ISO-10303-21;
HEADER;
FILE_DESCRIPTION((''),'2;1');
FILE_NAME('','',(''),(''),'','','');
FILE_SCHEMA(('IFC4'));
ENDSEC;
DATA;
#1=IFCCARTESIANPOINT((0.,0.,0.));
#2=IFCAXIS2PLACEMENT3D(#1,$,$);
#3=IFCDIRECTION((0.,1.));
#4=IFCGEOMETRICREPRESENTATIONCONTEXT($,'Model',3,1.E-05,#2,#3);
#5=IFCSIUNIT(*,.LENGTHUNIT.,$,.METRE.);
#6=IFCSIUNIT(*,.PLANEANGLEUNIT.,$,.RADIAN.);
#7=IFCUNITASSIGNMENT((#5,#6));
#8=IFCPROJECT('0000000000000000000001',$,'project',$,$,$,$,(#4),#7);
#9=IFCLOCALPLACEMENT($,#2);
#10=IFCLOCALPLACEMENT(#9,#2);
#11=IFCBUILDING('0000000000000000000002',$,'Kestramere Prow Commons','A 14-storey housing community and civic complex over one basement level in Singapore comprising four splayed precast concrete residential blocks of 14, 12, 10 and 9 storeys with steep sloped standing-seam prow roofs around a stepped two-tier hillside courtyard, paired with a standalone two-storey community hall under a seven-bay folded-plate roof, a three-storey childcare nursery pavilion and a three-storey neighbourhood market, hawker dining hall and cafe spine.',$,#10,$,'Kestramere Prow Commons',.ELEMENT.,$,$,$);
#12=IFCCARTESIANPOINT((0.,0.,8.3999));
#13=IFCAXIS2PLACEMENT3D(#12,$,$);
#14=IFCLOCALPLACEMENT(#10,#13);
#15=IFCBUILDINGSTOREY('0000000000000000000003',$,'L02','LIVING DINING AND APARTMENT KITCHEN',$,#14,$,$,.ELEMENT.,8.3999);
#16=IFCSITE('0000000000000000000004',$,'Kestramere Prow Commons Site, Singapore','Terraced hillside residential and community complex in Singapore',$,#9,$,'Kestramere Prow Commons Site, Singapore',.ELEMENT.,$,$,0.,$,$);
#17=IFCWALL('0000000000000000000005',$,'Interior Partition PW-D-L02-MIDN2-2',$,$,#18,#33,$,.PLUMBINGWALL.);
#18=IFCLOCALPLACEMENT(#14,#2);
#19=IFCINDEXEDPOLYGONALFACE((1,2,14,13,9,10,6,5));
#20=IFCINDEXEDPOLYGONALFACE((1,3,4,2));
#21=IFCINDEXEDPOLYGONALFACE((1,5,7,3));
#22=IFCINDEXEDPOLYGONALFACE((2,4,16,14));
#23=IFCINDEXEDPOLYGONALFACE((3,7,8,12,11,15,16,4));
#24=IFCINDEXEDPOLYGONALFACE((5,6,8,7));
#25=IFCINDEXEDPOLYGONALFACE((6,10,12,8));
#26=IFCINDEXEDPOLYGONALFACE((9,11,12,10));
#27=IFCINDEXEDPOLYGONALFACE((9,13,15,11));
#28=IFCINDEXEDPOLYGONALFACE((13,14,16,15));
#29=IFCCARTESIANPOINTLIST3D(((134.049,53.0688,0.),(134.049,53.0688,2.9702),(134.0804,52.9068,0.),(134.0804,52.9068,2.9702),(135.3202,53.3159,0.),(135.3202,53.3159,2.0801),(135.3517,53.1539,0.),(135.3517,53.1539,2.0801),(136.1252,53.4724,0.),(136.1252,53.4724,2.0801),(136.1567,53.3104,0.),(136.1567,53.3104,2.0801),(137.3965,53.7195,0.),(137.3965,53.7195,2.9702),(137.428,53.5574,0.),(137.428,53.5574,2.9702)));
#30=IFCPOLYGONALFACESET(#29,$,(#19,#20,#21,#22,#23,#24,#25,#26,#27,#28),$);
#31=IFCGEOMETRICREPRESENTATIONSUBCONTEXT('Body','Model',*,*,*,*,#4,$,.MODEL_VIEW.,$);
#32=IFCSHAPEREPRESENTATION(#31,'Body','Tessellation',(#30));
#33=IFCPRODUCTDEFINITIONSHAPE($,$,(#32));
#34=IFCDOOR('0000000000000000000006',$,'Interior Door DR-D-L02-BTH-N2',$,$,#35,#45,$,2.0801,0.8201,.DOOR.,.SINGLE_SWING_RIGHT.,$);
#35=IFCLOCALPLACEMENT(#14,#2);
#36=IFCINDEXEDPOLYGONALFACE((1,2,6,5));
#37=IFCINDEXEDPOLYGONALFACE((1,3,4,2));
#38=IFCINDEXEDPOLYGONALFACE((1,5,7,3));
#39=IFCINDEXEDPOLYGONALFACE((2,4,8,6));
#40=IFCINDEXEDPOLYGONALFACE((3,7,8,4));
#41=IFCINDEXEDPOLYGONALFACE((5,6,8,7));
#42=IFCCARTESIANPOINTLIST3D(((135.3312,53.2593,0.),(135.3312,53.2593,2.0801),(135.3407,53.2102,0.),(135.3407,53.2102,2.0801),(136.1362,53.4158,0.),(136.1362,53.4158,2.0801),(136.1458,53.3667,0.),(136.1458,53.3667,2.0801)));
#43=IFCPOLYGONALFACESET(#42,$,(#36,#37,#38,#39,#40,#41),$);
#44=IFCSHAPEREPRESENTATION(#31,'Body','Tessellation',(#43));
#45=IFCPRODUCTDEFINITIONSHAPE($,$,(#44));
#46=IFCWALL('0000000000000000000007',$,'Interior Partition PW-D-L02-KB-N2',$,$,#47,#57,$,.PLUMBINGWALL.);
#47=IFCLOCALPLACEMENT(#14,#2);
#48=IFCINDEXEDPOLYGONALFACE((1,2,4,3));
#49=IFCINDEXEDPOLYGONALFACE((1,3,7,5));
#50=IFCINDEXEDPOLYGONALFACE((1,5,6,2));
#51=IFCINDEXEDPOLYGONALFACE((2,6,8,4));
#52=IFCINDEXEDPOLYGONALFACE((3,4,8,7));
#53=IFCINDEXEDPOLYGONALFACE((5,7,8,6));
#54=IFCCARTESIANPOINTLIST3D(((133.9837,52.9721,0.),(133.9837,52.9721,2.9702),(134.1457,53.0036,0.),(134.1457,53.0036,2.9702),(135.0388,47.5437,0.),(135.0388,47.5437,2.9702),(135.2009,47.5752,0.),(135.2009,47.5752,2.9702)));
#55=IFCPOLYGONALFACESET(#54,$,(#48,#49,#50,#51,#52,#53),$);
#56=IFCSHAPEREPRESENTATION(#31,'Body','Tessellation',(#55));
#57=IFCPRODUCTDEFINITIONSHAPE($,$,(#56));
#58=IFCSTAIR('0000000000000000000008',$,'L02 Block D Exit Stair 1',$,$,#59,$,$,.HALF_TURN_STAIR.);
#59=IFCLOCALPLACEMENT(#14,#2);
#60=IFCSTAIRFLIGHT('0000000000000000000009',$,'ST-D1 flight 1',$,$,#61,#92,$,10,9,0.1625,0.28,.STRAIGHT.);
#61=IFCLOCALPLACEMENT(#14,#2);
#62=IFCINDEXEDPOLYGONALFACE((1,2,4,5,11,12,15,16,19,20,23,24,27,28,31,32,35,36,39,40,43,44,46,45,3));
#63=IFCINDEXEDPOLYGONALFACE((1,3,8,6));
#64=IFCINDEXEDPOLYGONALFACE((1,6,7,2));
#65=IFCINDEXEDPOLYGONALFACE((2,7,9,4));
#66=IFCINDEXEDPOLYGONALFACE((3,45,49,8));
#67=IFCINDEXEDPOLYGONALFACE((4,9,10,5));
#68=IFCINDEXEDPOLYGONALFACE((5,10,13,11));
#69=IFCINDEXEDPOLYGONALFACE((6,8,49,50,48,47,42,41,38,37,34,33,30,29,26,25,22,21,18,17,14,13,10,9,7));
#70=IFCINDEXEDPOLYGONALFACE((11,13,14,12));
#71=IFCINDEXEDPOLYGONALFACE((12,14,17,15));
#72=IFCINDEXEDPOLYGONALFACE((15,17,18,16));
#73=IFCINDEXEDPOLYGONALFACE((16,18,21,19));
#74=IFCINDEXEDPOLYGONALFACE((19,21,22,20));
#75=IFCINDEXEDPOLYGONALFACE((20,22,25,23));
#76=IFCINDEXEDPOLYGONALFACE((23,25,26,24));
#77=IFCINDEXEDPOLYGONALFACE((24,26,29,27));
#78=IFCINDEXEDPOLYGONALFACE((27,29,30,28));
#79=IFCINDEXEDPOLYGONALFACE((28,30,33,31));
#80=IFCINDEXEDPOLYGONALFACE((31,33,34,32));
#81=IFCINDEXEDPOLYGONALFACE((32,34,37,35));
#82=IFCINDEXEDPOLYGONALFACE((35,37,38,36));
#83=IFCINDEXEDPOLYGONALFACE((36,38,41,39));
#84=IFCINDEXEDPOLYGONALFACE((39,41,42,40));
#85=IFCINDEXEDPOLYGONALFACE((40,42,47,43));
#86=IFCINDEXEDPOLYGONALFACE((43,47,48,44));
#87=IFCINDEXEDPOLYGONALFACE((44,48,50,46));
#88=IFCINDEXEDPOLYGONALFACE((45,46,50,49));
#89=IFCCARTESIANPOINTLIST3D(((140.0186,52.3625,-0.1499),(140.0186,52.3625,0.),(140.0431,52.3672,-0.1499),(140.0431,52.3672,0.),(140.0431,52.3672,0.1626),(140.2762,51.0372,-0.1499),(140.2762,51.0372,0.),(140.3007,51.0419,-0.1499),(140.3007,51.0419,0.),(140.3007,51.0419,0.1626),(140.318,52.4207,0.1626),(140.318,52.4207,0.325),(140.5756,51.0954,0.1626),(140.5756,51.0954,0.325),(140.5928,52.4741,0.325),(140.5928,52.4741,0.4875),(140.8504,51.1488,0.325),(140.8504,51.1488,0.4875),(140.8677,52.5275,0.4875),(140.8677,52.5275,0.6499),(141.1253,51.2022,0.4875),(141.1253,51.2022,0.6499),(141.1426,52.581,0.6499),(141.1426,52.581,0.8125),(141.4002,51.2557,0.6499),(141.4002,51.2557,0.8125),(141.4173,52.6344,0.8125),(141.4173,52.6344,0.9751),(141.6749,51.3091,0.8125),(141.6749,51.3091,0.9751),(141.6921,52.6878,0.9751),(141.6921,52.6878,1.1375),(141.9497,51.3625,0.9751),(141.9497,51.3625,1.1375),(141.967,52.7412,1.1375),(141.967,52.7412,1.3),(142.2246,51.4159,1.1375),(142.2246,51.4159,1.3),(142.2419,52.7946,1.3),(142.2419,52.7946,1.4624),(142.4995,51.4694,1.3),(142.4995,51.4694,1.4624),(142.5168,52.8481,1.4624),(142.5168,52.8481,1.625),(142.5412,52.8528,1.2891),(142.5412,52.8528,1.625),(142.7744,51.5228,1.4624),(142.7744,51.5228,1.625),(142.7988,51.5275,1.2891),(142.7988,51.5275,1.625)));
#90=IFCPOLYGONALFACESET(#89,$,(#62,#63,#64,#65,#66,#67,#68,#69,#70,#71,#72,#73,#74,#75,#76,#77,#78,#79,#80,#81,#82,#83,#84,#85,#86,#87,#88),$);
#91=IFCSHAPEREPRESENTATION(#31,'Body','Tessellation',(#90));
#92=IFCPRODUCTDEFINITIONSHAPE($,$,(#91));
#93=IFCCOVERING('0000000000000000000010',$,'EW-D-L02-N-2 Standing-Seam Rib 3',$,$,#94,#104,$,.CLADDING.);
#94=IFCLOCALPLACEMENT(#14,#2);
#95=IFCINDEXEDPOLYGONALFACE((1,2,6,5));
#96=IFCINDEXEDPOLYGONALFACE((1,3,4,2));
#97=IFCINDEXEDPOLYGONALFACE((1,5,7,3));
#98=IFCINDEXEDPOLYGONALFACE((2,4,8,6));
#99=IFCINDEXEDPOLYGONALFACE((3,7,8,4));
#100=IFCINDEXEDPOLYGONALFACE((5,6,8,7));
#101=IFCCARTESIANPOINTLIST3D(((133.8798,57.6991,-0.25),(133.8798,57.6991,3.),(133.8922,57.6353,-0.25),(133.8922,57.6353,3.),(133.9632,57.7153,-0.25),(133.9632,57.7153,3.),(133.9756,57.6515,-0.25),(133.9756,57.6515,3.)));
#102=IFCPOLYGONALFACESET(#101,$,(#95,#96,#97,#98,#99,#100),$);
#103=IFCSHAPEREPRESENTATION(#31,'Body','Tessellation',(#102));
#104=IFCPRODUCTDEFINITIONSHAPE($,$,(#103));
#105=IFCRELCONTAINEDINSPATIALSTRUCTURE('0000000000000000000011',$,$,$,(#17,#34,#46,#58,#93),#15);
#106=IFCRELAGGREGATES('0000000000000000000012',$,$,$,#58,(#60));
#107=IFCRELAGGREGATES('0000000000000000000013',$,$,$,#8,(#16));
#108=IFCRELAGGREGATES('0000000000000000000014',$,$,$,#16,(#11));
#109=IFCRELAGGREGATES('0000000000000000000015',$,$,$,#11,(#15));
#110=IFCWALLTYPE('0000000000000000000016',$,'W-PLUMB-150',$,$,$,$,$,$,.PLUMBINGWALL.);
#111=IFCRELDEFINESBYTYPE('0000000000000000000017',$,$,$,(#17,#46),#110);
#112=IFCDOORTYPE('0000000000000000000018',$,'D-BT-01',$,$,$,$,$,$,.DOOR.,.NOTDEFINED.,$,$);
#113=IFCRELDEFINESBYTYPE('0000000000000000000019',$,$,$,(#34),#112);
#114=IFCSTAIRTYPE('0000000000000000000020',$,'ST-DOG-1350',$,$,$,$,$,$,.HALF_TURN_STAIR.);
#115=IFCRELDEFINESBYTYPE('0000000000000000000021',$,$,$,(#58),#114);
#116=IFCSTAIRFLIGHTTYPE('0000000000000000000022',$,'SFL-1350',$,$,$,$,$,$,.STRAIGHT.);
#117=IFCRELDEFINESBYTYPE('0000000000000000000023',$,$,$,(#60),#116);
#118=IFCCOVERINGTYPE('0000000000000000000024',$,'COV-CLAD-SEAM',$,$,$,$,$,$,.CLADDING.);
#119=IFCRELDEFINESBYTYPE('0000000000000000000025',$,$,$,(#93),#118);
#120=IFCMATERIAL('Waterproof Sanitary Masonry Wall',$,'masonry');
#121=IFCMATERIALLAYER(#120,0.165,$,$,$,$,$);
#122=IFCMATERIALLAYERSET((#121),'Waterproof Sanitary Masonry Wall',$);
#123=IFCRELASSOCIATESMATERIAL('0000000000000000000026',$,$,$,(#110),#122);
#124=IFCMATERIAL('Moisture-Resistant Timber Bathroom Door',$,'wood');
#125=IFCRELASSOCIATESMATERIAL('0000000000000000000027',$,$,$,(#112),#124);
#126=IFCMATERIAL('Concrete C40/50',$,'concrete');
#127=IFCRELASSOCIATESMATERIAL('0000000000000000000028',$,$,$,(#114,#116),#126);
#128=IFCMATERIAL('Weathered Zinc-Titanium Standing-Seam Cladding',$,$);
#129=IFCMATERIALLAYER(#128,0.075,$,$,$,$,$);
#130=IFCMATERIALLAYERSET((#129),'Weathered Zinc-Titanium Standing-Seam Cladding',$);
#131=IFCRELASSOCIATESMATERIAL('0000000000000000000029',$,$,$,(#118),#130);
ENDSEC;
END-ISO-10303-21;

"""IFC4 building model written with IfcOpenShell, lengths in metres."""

from ifc_helpers import new_model, si_unit, direction, frame, frame_2d, origin, origin_2d, place, context, subcontext, project, spatial, polyline, rectangle, outline, extrude, material, layer, layer_set, type_object, element, fill, aggregate, save


model = new_model("IFC4")

# Units and contexts
model_context = context("Model", 3, precision=1e-05, world=origin(), true_north=direction((0.0, 1.0)))
body_context = subcontext(model_context, "Body", "Model", "MODEL_VIEW")
ifc_project = project(units=[si_unit("LENGTHUNIT", "METRE"), si_unit("PLANEANGLEUNIT", "RADIAN")], contexts=[model_context])

# Site, building, storey
site_placement = place(None, origin())
site = spatial("IfcSite", under=ifc_project, at=site_placement, Name="Kestramere Prow Commons Site, Singapore", Description="Terraced hillside residential and community complex in Singapore", LongName="Kestramere Prow Commons Site, Singapore", CompositionType="ELEMENT", RefElevation=0.0)
building_placement = place(site_placement, origin())
building = spatial("IfcBuilding", under=site, at=building_placement, Name="Kestramere Prow Commons", Description="A 14-storey housing community and civic complex over one basement level in Singapore comprising four splayed precast concrete residential blocks of 14, 12, 10 and 9 storeys with steep sloped standing-seam prow roofs around a stepped two-tier hillside courtyard, paired with a standalone two-storey community hall under a seven-bay folded-plate roof, a three-storey childcare nursery pavilion and a three-storey neighbourhood market, hawker dining hall and cafe spine.", LongName="Kestramere Prow Commons", CompositionType="ELEMENT")
storey_placement = place(building_placement, frame((0.0, 0.0, 8.3999)))
storey = spatial("IfcBuildingStorey", under=building, at=storey_placement, Name="L02", Description="LIVING DINING AND APARTMENT KITCHEN", CompositionType="ELEMENT", Elevation=8.3999)

# Shared definitions
ifc_material_1 = material(Name="Concrete C40/50", Category="concrete")

# Wall, opening, door
ifc_material_2 = material(Name="Waterproof Sanitary Masonry Wall", Category="masonry")
ifc_layer_1 = layer(ifc_material_2, 0.165)
ifc_layer_set_1 = layer_set([ifc_layer_1], Name="Waterproof Sanitary Masonry Wall")
wall_type_1 = type_object("IfcWallType", Name="W-PLUMB-150", PredefinedType="PLUMBINGWALL", material=ifc_layer_set_1)
wall_1_placement = place(storey_placement, frame((134.0647, 52.9878, 0.0), z_axis=(0.0, 0.0, 1.0), x_axis=(0.981629, 0.190799, 0.0)))
wall_1 = element("IfcWall", 1, at=wall_1_placement, inside=storey, type_object=wall_type_1, Name="Interior Partition PW-D-L02-MIDN2-2", PredefinedType="PLUMBINGWALL", context=body_context, shape_type="SweptSolid", body=[
    extrude(rectangle(XDim=3.4102, YDim=0.165, at=frame_2d((1.7051, 0.0))), origin(), (0.0, 0.0, 1.0), 2.9702),
])
opening_1_placement = place(wall_1_placement, frame((1.2949, 0.0, 0.0)))
opening_1 = element("IfcOpeningElement", 2, at=opening_1_placement, cuts=wall_1, PredefinedType="OPENING", context=body_context, shape_type="SweptSolid", body=[
    extrude(rectangle(XDim=0.8201, YDim=2.0801, at=frame_2d((0.4102, 1.04))), frame((0.0, 0.0974, 0.0), z_axis=(0.0, -1.0, 0.0), x_axis=(1.0, 0.0, 0.0)), (0.0, 0.0, 1.0), 0.1951),
])
ifc_material_3 = material(Name="Moisture-Resistant Timber Bathroom Door", Category="wood")
door_type_1 = type_object("IfcDoorType", Name="D-BT-01", OperationType="NOTDEFINED", PredefinedType="DOOR", material=ifc_material_3)
door_1_placement = place(opening_1_placement, origin())
door_1 = element("IfcDoor", 3, at=door_1_placement, inside=storey, type_object=door_type_1, Name="Interior Door DR-D-L02-BTH-N2", OperationType="SINGLE_SWING_RIGHT", OverallHeight=2.0801, OverallWidth=0.8201, PredefinedType="DOOR", context=body_context, shape_type="SweptSolid", body=[
    extrude(rectangle(XDim=0.8201, YDim=2.0801, at=frame_2d((0.4102, 1.04))), frame((0.0, 0.0249, 0.0), z_axis=(0.0, -1.0, 0.0), x_axis=(1.0, 0.0, 0.0)), (0.0, 0.0, 1.0), 0.05),
])
fill(opening_1, door_1)

# Wall
wall_2_placement = place(storey_placement, frame((135.1199, 47.5593, 0.0), z_axis=(0.0, 0.0, 1.0), x_axis=(-0.190807, 0.981628, 0.0)))
element("IfcWall", 4, at=wall_2_placement, inside=storey, type_object=wall_type_1, Name="Interior Partition PW-D-L02-KB-N2", PredefinedType="PLUMBINGWALL", context=body_context, shape_type="SweptSolid", body=[
    extrude(rectangle(XDim=5.53, YDim=0.165, at=frame_2d((2.7651, 0.0))), origin(), (0.0, 0.0, 1.0), 2.9702),
])

# Stair, stair flight
stair_type = type_object("IfcStairType", Name="ST-DOG-1350", PredefinedType="HALF_TURN_STAIR", material=ifc_material_1)
stair_placement = place(storey_placement, origin())
stair = element("IfcStair", 5, at=stair_placement, inside=storey, type_object=stair_type, Name="L02 Block D Exit Stair 1", PredefinedType="HALF_TURN_STAIR")
stair_flight_type = type_object("IfcStairFlightType", Name="SFL-1350", PredefinedType="STRAIGHT", material=ifc_material_1)
stair_flight_placement = place(storey_placement, frame((140.1719, 51.7046, 0.0), z_axis=(0.0, 0.0, 1.0), x_axis=(0.981627, 0.190809, 0.0)))
stair_flight = element("IfcStairFlight", 6, at=stair_flight_placement, type_object=stair_flight_type, Name="ST-D1 flight 1", NumberOfRisers=10, NumberOfTreads=9, PredefinedType="STRAIGHT", RiserHeight=0.1625, TreadLength=0.28, context=body_context, shape_type="SweptSolid", body=[
    extrude(outline(polyline([(-0.0249, 0.0), (0.0, 0.0), (0.0, 0.1626), (0.28, 0.1626), (0.28, 0.325), (0.5601, 0.325), (0.5601, 0.4875), (0.8401, 0.4875), (0.8401, 0.6499), (1.1201, 0.6499), (1.1201, 0.8125), (1.3999, 0.8125), (1.3999, 0.9751), (1.6799, 0.9751), (1.6799, 1.1375), (1.96, 1.1375), (1.96, 1.3), (2.24, 1.3), (2.24, 1.4624), (2.52, 1.4624), (2.52, 1.625), (2.5449, 1.625), (2.5449, 1.2891), (0.0, -0.1499), (-0.0249, -0.1499), (-0.0249, 0.0)])), frame((0.0, 0.675, 0.0), z_axis=(0.0, -1.0, 0.0), x_axis=(1.0, 0.0, 0.0)), (0.0, 0.0, 1.0), 1.3501),
])
aggregate(stair, [stair_flight])

# Covering
ifc_material_4 = material(Name="Weathered Zinc-Titanium Standing-Seam Cladding")
ifc_layer_2 = layer(ifc_material_4, 0.075)
ifc_layer_set_2 = layer_set([ifc_layer_2], Name="Weathered Zinc-Titanium Standing-Seam Cladding")
covering_type = type_object("IfcCoveringType", Name="COV-CLAD-SEAM", PredefinedType="CLADDING", material=ifc_layer_set_2)
covering_placement = place(storey_placement, frame((133.9277, 57.6753, -0.25), z_axis=(0.0, 0.0, 1.0), x_axis=(0.981627, 0.190809, 0.0)))
element("IfcCovering", 7, at=covering_placement, inside=storey, type_object=covering_type, Name="EW-D-L02-N-2 Standing-Seam Rib 3", PredefinedType="CLADDING", context=body_context, shape_type="SweptSolid", body=[
    extrude(rectangle(XDim=0.085, YDim=0.0649, at=origin_2d()), origin(), (0.0, 0.0, 1.0), 3.25),
])

save(model, "model.ifc")
